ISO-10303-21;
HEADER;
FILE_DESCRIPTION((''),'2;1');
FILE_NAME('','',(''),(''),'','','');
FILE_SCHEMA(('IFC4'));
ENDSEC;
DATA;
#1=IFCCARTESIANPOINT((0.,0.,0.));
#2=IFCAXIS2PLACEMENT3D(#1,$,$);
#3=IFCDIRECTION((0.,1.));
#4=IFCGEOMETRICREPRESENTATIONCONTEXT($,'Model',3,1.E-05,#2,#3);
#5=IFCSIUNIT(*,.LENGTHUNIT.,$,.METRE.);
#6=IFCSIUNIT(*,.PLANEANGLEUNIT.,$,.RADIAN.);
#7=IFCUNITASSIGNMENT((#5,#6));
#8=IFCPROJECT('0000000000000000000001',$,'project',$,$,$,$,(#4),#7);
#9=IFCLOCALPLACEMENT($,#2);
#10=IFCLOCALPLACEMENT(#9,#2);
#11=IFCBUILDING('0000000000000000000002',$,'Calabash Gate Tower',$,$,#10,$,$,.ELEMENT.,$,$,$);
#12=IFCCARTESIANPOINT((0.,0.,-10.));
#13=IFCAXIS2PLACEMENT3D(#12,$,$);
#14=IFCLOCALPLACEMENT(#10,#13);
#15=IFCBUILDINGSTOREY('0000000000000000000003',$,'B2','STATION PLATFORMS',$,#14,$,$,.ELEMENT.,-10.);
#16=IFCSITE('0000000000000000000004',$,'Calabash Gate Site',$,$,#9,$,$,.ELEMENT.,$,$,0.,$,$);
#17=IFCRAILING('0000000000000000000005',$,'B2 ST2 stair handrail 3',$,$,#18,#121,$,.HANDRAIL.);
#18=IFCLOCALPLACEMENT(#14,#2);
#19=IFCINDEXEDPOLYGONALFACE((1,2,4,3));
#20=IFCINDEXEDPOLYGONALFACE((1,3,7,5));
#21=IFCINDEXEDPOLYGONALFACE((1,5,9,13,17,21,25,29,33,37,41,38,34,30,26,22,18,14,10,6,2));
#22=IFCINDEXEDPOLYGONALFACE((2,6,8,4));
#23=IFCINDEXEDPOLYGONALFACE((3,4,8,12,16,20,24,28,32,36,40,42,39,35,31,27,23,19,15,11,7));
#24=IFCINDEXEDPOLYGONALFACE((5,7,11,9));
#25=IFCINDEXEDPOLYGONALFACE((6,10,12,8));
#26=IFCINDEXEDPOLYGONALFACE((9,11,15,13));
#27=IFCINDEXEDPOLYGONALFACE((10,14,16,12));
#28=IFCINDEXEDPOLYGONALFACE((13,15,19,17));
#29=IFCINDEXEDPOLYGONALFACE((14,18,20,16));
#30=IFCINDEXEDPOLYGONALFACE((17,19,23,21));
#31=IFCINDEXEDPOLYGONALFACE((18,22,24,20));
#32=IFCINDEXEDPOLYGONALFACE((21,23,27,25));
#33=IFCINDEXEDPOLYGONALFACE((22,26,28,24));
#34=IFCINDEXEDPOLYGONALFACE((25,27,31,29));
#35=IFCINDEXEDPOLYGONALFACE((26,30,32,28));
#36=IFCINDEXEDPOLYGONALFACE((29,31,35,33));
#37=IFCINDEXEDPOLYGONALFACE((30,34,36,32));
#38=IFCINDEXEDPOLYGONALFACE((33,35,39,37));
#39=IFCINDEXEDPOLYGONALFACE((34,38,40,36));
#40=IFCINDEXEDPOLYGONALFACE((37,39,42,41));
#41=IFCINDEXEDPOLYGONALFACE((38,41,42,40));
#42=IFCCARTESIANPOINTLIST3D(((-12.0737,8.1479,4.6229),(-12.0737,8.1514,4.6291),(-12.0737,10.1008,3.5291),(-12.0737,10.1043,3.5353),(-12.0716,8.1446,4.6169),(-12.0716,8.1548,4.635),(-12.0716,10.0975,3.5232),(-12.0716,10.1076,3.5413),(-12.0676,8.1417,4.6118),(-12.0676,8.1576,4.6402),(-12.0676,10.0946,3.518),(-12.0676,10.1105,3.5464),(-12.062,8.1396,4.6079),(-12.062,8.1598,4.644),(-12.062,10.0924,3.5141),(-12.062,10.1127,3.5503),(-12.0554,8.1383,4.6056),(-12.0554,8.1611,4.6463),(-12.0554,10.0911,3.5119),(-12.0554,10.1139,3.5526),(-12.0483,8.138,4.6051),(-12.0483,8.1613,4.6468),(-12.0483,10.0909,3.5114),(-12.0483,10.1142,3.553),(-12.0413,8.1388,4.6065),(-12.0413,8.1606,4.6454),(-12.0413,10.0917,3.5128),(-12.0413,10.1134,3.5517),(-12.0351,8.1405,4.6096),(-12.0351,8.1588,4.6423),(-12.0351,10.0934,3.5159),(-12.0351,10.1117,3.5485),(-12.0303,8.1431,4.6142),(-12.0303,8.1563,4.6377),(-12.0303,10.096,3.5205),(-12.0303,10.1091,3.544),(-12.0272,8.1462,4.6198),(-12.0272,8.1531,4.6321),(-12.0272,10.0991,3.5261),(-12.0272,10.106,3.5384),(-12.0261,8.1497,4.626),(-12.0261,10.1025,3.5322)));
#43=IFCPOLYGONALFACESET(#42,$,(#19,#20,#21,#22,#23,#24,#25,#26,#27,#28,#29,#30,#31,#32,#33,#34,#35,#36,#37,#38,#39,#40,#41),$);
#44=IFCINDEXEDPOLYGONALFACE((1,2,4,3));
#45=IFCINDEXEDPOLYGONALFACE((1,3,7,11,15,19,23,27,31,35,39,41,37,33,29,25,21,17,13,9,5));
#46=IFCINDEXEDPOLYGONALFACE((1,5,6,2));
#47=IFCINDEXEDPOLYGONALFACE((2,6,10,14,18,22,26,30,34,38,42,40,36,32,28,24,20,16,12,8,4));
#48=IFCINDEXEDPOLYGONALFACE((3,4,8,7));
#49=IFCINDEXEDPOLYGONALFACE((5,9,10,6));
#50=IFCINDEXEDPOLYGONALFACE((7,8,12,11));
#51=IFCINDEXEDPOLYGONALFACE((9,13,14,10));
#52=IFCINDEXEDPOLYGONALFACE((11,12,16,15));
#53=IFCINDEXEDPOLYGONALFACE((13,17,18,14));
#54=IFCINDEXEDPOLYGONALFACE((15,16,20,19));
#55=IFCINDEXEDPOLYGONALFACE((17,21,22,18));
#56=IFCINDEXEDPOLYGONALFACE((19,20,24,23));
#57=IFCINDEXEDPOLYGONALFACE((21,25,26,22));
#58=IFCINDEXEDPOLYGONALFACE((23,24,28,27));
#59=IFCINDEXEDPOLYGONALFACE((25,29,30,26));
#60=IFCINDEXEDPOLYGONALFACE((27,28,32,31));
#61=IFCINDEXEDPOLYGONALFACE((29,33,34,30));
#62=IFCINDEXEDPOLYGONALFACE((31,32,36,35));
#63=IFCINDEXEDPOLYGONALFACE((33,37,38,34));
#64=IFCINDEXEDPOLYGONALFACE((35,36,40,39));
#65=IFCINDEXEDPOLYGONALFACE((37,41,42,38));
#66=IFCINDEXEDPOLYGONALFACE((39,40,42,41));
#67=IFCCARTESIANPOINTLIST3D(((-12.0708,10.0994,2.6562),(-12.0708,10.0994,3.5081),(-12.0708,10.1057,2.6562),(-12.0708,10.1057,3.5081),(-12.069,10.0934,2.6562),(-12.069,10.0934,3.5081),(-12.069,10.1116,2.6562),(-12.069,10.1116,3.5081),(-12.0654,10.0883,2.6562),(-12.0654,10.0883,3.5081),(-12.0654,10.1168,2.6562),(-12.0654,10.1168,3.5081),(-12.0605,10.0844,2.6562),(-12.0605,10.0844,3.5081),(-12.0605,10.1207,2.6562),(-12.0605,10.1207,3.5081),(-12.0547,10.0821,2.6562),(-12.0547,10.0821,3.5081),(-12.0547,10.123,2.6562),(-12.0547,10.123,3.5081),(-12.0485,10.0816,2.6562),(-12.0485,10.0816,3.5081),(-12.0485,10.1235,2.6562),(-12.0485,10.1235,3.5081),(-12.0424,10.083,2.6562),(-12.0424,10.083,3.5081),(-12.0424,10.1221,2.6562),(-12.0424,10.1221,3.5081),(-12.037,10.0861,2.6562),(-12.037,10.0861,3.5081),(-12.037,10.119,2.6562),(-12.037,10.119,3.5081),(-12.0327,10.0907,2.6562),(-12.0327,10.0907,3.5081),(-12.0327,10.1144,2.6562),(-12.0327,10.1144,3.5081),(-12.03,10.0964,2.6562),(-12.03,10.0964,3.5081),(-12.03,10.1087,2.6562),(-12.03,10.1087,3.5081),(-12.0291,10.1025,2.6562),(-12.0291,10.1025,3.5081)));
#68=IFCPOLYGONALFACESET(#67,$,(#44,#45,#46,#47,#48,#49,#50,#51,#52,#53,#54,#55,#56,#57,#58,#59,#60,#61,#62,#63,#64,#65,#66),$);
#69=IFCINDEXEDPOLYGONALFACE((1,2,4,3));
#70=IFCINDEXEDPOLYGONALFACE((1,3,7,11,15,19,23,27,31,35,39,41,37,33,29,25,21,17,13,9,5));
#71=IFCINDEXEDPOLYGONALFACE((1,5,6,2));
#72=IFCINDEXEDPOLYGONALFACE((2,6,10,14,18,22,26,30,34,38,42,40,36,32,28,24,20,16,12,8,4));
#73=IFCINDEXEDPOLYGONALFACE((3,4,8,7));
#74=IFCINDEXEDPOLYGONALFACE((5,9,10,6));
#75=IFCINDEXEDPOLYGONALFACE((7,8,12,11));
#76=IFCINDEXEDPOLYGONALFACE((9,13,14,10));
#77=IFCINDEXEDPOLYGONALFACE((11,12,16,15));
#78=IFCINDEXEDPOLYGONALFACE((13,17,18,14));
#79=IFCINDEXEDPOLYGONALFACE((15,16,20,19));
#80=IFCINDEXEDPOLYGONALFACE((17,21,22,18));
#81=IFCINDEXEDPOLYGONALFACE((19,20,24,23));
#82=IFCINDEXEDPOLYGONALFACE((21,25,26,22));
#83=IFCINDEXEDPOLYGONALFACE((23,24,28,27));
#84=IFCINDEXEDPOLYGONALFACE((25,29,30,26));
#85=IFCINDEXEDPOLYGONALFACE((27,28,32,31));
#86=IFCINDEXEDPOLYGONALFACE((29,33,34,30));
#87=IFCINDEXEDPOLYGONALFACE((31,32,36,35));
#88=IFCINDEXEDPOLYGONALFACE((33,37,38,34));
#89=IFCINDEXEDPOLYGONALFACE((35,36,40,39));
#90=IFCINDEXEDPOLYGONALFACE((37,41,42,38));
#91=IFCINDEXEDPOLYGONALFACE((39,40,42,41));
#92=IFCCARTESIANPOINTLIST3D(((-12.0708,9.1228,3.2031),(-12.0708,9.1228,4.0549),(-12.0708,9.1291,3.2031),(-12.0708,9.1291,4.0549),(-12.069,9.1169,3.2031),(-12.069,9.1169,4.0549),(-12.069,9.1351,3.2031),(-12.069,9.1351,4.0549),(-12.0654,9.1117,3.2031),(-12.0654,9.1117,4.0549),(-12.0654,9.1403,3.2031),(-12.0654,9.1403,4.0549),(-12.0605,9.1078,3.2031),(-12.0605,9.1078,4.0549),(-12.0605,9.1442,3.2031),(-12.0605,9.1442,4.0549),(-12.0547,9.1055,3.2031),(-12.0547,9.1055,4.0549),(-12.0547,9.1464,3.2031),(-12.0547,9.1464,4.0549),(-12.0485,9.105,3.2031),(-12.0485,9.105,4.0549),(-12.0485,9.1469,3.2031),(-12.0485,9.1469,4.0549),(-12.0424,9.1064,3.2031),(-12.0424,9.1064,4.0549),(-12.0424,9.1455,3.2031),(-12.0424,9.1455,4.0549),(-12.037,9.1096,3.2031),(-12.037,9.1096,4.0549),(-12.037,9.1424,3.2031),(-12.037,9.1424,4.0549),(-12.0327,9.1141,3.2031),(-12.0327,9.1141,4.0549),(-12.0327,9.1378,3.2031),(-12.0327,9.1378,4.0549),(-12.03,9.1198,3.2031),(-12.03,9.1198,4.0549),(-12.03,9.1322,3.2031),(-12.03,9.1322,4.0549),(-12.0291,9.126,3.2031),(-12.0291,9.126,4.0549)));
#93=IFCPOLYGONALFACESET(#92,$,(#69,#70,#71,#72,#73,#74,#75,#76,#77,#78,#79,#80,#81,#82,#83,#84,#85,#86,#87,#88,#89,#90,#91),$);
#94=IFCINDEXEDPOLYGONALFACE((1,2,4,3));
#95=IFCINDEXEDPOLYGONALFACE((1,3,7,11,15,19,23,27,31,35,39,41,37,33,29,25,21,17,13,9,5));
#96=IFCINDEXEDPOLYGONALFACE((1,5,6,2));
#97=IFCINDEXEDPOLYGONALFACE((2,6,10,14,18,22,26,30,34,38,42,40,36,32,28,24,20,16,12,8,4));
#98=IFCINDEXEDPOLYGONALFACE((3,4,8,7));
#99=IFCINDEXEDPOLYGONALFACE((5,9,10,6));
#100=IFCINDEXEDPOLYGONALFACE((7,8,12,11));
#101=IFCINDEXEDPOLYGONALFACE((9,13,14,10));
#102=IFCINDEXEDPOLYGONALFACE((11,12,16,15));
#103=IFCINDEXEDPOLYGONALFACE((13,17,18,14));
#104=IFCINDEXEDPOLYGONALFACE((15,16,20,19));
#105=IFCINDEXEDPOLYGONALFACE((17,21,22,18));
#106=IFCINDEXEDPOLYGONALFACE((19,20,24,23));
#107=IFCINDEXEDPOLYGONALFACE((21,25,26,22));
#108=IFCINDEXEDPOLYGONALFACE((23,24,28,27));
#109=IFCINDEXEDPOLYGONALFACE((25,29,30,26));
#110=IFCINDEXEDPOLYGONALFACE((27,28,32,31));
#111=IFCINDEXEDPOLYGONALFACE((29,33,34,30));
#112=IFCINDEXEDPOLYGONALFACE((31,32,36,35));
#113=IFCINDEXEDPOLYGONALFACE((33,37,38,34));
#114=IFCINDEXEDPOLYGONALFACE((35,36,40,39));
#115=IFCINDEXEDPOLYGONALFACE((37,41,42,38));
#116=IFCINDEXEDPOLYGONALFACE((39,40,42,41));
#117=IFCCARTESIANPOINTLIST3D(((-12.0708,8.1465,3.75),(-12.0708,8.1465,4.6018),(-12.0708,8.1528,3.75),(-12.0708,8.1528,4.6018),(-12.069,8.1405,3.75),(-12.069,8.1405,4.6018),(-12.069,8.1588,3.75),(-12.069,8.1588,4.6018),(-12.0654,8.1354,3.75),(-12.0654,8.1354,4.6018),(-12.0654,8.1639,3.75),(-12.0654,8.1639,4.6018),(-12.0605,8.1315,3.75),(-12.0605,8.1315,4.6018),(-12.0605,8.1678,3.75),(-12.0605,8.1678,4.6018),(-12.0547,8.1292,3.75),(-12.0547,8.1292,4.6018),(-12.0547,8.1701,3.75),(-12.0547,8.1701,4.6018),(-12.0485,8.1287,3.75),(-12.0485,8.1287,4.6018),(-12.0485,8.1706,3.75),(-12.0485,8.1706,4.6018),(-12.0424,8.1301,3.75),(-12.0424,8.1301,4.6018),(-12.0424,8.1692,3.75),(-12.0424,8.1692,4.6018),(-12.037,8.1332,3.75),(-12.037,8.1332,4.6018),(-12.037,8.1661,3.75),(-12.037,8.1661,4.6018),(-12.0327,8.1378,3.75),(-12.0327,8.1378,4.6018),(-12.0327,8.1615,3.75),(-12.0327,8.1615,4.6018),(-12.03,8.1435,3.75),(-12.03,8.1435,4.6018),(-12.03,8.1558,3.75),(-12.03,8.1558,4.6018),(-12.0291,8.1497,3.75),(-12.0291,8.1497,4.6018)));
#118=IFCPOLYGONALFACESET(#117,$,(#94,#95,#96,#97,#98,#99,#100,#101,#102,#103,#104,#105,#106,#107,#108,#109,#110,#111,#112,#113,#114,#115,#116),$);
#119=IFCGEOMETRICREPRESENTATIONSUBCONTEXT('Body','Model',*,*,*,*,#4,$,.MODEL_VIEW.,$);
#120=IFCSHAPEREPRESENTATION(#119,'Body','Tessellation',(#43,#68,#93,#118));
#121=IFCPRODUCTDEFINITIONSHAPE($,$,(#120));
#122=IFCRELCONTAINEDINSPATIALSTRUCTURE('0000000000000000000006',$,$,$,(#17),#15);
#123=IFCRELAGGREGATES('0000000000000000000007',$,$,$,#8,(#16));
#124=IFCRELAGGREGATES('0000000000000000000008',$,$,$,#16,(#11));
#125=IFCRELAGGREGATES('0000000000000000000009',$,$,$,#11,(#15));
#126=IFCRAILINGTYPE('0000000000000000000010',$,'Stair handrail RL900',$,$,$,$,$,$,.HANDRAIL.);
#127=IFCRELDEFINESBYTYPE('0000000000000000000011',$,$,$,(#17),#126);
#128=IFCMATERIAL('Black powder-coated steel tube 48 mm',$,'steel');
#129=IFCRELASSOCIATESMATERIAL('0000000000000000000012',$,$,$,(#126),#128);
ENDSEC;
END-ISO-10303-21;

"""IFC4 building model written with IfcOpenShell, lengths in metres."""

from ifc_helpers import new_model, si_unit, direction, frame, origin, origin_2d, place, context, subcontext, project, spatial, circle, extrude, material, type_object, element, save


model = new_model("IFC4")

# Units and contexts
model_context = context("Model", 3, precision=1e-05, world=origin(), true_north=direction((0.0, 1.0)))
body_context = subcontext(model_context, "Body", "Model", "MODEL_VIEW")
ifc_project = project(units=[si_unit("LENGTHUNIT", "METRE"), si_unit("PLANEANGLEUNIT", "RADIAN")], contexts=[model_context])

# Site, building, storey
site_placement = place(None, origin())
site = spatial("IfcSite", under=ifc_project, at=site_placement, Name="Calabash Gate Site", CompositionType="ELEMENT", RefElevation=0.0)
building_placement = place(site_placement, origin())
building = spatial("IfcBuilding", under=site, at=building_placement, Name="Calabash Gate Tower", CompositionType="ELEMENT")
storey_placement = place(building_placement, frame((0.0, 0.0, -10.0)))
storey = spatial("IfcBuildingStorey", under=building, at=storey_placement, Name="B2", Description="STATION PLATFORMS", CompositionType="ELEMENT", Elevation=-10.0)

# Railing
ifc_material_1 = material(Name="Black powder-coated steel tube 48 mm", Category="steel")
railing_type = type_object("IfcRailingType", Name="Stair handrail RL900", PredefinedType="HANDRAIL", material=ifc_material_1)
railing_1_placement = place(storey_placement, frame((-12.05, 10.1025, 2.6562)))
element("IfcRailing", 1, at=railing_1_placement, inside=storey, type_object=railing_type, Name="B2 ST2 stair handrail 3", PredefinedType="HANDRAIL", context=body_context, shape_type="SweptSolid", body=[
    extrude(circle(Radius=0.0239, at=origin_2d()), frame((0.0, 0.0, 0.876), z_axis=(0.0, -0.87248, 0.48865), x_axis=(1.0, 0.0, 0.0)), (0.0, 0.0, 1.0), 2.2383),
    extrude(circle(Radius=0.021, at=origin_2d()), origin(), (0.0, 0.0, 1.0), 0.8518),
    extrude(circle(Radius=0.021, at=origin_2d()), frame((0.0, -0.9766, 0.5469)), (0.0, 0.0, 1.0), 0.8518),
    extrude(circle(Radius=0.021, at=origin_2d()), frame((0.0, -1.9529, 1.0938)), (0.0, 0.0, 1.0), 0.8518),
])

save(model, "model.ifc")
